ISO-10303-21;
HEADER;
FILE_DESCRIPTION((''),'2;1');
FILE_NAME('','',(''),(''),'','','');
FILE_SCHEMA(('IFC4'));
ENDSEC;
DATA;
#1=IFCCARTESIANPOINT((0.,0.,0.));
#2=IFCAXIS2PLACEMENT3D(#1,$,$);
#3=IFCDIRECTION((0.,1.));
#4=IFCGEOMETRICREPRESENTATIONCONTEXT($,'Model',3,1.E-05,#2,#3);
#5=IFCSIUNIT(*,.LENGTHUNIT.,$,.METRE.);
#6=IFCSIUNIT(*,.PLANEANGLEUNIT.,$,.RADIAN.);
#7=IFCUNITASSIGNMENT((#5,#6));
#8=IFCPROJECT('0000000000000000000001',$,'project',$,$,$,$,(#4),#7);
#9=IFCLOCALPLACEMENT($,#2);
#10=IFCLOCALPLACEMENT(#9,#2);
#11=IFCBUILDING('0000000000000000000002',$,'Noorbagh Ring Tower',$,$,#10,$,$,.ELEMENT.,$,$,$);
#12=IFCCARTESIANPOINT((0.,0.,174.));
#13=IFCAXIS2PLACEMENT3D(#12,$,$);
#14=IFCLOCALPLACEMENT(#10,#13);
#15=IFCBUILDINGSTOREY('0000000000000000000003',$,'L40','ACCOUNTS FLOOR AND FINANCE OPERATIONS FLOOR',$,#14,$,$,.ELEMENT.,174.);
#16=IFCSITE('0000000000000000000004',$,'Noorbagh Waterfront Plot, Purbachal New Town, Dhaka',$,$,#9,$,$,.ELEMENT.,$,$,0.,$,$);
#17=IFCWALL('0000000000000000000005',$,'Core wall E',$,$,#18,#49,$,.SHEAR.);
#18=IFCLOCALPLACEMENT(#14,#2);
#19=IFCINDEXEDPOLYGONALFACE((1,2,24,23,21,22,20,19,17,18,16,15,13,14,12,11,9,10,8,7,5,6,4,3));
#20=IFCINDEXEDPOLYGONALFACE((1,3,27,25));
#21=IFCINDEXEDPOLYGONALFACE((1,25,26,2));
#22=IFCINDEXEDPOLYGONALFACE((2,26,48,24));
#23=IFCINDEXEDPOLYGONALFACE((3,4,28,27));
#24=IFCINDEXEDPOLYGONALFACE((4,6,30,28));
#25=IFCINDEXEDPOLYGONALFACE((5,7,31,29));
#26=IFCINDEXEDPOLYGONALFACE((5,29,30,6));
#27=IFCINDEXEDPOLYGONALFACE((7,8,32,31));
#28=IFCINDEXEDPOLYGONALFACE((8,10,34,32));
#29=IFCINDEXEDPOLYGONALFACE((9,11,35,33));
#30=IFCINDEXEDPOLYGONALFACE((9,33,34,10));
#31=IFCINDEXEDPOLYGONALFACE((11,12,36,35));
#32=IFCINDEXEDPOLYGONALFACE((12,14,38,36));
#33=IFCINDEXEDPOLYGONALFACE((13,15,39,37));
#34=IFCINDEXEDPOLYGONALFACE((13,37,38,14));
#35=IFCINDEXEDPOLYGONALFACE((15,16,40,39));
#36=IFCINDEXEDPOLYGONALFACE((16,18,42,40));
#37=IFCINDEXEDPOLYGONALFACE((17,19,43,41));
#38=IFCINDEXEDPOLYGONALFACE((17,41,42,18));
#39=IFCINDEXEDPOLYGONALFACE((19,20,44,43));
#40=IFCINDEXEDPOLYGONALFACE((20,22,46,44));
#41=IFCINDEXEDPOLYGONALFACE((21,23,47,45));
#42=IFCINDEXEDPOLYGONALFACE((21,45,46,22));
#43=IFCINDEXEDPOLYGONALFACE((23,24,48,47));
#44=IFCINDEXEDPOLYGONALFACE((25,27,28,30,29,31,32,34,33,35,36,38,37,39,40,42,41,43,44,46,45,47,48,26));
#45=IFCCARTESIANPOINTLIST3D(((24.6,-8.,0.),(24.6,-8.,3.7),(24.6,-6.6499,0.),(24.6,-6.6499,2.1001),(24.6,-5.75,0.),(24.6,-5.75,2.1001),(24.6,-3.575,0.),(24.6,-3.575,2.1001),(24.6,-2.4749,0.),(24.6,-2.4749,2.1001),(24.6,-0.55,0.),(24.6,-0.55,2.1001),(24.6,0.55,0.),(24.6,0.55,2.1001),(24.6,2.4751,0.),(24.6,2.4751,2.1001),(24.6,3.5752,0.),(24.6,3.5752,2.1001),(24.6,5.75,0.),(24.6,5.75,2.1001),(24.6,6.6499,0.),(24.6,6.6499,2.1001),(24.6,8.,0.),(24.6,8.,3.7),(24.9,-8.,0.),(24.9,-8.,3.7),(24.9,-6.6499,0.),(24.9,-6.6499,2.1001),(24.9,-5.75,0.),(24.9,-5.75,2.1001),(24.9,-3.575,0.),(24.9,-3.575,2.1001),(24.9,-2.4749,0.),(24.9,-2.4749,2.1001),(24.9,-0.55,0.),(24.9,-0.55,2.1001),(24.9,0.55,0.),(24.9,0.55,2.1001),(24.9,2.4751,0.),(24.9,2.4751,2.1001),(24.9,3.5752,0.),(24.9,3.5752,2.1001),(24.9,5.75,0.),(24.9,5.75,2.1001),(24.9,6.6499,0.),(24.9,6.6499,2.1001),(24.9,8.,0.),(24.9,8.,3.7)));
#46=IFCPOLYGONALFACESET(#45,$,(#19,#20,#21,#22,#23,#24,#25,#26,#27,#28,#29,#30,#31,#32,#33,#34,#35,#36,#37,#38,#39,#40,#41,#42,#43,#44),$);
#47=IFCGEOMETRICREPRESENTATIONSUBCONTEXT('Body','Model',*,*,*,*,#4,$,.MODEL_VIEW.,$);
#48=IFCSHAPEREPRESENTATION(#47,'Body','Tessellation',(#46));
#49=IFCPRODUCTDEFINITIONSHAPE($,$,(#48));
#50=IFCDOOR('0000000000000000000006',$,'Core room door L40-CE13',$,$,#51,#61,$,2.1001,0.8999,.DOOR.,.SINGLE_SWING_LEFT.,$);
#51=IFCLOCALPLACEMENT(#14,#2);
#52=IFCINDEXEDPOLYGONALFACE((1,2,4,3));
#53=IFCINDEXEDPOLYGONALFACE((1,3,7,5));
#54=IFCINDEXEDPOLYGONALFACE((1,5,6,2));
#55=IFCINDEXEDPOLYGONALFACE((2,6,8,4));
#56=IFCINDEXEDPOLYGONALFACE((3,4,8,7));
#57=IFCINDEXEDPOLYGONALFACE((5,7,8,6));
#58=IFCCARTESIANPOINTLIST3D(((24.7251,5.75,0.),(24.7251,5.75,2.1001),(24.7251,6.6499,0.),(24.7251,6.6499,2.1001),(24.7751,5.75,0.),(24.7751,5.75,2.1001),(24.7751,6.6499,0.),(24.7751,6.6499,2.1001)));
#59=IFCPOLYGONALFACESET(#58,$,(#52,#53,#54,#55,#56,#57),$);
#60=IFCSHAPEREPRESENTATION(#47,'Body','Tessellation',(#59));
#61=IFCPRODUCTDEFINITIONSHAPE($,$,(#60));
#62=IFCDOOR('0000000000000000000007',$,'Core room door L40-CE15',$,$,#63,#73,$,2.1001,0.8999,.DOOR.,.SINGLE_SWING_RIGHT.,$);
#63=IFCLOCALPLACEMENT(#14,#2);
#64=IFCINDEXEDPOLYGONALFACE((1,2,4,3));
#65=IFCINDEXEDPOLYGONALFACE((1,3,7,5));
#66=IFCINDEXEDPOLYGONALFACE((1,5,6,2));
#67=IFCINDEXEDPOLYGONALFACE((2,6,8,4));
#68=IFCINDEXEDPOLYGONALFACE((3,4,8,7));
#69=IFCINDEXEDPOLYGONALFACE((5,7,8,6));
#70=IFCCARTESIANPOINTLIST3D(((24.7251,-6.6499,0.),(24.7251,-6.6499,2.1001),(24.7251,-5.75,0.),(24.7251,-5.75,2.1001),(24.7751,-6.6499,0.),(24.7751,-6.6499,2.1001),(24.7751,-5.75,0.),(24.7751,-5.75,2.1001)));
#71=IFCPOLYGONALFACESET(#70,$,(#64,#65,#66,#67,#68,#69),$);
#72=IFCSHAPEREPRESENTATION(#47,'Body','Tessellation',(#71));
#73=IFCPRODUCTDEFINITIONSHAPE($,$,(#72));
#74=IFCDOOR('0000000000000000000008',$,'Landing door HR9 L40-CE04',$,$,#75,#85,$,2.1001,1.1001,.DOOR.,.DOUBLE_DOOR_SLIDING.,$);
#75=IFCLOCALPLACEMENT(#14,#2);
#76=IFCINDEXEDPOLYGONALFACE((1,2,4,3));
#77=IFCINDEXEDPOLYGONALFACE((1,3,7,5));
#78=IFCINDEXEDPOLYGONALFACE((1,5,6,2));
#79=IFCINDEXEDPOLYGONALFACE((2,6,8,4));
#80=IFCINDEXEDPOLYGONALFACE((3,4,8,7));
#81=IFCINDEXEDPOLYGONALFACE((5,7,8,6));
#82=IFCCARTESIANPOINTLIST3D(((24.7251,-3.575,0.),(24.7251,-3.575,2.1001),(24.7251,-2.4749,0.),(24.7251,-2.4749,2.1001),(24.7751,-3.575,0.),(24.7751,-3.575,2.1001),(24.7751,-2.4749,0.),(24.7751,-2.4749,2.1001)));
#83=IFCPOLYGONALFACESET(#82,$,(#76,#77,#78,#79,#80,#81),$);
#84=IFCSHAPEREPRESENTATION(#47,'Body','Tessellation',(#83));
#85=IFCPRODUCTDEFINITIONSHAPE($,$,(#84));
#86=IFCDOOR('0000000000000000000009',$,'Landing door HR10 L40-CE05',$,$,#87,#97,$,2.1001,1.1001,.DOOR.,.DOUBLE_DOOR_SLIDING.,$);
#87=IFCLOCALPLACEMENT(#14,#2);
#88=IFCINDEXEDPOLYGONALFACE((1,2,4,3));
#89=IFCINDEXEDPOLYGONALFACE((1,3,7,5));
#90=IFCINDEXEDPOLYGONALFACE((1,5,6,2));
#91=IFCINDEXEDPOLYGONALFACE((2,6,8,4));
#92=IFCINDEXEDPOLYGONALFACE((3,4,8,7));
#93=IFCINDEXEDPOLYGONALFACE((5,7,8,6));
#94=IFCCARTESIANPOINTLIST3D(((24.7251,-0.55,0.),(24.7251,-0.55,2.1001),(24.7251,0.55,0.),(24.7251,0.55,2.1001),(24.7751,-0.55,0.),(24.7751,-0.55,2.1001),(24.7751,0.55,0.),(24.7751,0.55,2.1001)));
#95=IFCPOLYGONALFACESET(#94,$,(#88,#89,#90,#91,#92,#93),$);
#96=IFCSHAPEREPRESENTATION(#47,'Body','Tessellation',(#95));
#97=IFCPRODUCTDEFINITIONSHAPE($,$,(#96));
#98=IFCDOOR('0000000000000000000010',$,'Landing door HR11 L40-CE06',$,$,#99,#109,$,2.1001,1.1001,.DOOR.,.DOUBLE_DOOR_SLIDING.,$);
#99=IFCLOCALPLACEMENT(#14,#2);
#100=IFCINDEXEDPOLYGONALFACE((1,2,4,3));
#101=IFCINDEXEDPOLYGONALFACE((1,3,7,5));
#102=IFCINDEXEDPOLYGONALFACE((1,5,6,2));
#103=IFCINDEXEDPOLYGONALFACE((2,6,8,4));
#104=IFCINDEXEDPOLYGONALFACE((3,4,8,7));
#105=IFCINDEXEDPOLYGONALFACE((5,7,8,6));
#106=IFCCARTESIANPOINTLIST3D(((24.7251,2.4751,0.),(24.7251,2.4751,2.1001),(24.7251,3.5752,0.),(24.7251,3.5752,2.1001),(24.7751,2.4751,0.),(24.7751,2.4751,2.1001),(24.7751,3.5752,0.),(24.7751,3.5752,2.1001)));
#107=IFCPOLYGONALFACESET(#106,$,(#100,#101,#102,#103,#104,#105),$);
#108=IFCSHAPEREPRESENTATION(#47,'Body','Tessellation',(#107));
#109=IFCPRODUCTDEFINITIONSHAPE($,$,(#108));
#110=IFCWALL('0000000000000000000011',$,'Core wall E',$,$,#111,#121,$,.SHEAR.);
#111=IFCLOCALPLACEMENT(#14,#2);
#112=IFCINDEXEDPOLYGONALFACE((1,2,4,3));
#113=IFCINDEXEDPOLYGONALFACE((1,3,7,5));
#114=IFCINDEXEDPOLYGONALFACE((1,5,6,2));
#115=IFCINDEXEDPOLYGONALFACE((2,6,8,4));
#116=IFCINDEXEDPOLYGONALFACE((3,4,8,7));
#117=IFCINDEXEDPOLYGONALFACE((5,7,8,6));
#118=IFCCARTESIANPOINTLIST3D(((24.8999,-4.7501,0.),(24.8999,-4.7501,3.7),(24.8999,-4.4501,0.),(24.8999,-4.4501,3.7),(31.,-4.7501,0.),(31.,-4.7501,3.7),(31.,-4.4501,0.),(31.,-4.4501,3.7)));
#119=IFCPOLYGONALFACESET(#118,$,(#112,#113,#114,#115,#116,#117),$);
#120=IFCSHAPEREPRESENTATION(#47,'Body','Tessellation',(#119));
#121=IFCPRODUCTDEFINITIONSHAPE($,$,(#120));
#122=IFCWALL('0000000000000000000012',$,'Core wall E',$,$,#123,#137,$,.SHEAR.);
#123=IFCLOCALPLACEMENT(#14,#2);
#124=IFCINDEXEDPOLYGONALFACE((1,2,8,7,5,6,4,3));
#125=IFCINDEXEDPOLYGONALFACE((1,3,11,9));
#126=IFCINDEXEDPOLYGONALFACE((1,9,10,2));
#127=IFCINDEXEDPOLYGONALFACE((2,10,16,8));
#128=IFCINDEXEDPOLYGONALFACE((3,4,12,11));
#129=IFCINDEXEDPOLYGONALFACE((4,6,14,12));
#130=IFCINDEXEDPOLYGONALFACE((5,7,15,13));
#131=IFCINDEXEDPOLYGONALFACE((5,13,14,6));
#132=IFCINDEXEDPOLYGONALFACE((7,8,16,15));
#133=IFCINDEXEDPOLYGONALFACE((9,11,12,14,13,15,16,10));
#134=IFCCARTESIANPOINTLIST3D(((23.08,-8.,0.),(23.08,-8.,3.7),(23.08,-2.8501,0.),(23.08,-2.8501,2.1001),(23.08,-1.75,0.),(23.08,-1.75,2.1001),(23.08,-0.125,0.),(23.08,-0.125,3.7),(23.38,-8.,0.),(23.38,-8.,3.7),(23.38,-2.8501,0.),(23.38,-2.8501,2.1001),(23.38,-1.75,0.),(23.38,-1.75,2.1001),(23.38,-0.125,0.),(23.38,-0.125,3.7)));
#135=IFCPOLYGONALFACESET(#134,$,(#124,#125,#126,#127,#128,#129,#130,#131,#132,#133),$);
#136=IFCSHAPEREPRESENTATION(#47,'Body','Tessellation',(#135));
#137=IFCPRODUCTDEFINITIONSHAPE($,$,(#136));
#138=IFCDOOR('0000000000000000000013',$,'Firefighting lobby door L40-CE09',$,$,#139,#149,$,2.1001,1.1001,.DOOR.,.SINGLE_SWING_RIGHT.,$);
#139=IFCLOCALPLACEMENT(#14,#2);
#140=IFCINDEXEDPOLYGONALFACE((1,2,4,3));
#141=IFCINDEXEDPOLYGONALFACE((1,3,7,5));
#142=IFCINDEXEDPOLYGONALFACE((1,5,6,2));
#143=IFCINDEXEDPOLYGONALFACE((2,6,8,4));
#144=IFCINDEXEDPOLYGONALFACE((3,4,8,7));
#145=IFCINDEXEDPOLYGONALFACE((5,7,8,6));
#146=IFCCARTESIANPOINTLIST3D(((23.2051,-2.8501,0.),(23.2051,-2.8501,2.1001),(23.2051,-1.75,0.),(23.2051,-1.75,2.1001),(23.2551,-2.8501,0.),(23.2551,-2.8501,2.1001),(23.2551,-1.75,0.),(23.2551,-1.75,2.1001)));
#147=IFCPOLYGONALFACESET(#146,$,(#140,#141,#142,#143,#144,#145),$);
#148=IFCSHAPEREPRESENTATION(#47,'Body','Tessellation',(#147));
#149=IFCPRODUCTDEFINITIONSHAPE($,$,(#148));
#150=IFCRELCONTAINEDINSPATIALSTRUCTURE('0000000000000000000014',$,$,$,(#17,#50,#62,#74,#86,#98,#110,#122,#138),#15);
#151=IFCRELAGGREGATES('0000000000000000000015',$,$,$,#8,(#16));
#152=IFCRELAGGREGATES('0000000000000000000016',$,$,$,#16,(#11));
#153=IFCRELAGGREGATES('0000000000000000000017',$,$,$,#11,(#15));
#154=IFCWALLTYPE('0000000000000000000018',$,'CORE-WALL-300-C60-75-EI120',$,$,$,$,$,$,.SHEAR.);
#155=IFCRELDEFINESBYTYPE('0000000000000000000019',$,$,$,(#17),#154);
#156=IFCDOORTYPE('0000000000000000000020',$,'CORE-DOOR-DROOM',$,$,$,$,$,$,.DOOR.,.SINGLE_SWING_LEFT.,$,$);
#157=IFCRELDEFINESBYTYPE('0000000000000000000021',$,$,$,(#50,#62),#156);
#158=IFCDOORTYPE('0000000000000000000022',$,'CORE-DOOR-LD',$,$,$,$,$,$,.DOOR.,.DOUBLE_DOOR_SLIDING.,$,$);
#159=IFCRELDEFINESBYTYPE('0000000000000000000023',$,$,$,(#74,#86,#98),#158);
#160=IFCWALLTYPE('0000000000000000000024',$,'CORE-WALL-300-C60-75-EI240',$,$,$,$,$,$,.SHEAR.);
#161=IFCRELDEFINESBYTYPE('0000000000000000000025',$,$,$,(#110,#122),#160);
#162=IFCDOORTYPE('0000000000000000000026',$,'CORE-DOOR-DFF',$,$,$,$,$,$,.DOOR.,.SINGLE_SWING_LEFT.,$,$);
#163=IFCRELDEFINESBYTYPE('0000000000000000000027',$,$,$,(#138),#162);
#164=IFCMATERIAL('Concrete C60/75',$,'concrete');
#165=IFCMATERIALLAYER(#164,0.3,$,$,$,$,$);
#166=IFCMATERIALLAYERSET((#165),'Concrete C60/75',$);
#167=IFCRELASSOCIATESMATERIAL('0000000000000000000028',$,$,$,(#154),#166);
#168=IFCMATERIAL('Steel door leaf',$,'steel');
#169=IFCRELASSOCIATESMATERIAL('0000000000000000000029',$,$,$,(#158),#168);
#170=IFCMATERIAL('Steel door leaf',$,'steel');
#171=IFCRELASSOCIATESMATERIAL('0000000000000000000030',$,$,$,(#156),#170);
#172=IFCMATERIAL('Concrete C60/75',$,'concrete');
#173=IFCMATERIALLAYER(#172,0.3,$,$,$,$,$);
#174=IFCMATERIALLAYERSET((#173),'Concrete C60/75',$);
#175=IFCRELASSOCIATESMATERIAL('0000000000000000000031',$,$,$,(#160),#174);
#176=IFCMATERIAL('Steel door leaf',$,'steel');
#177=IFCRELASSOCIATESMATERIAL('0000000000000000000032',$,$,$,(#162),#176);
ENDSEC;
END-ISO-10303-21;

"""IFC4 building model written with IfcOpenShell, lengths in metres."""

from ifc_helpers import new_model, si_unit, direction, frame, frame_2d, origin, place, context, subcontext, project, spatial, rectangle, extrude, material, layer, layer_set, type_object, element, fill, save


model = new_model("IFC4")

# Units and contexts
model_context = context("Model", 3, precision=1e-05, world=origin(), true_north=direction((0.0, 1.0)))
body_context = subcontext(model_context, "Body", "Model", "MODEL_VIEW")
ifc_project = project(units=[si_unit("LENGTHUNIT", "METRE"), si_unit("PLANEANGLEUNIT", "RADIAN")], contexts=[model_context])

# Site, building, storey
site_placement = place(None, origin())
site = spatial("IfcSite", under=ifc_project, at=site_placement, Name="Noorbagh Waterfront Plot, Purbachal New Town, Dhaka", CompositionType="ELEMENT", RefElevation=0.0)
building_placement = place(site_placement, origin())
building = spatial("IfcBuilding", under=site, at=building_placement, Name="Noorbagh Ring Tower", CompositionType="ELEMENT")
storey_placement = place(building_placement, frame((0.0, 0.0, 174.0)))
storey = spatial("IfcBuildingStorey", under=building, at=storey_placement, Name="L40", Description="ACCOUNTS FLOOR AND FINANCE OPERATIONS FLOOR", CompositionType="ELEMENT", Elevation=174.0)

# Shared definitions
ifc_material_1 = material(Name="Concrete C60/75", Category="concrete")
ifc_layer_1 = layer(ifc_material_1, 0.3)
ifc_layer_set_1 = layer_set([ifc_layer_1], Name="Concrete C60/75")
wall_type_1 = type_object("IfcWallType", Name="CORE-WALL-300-C60-75-EI120", PredefinedType="SHEAR", material=ifc_layer_set_1)

# Wall, openings, doors
ifc_material_2 = material(Name="Steel door leaf", Category="steel")
door_type_1 = type_object("IfcDoorType", Name="CORE-DOOR-LD", OperationType="DOUBLE_DOOR_SLIDING", PredefinedType="DOOR", material=ifc_material_2)
wall_1_placement = place(storey_placement, frame((24.75, -8.0, 0.0), z_axis=(0.0, 0.0, 1.0), x_axis=(0.0, 1.0, 0.0)))
wall_1 = element("IfcWall", 1, at=wall_1_placement, inside=storey, type_object=wall_type_1, Name="Core wall E", PredefinedType="SHEAR", context=body_context, shape_type="SweptSolid", body=[
    extrude(rectangle(XDim=16.0, YDim=0.3, at=frame_2d((8.0, 0.0))), origin(), (0.0, 0.0, 1.0), 3.7),
])
opening_1_placement = place(wall_1_placement, frame((4.425, 0.0, 0.0)))
opening_1 = element("IfcOpeningElement", 2, at=opening_1_placement, cuts=wall_1, PredefinedType="OPENING", context=body_context, shape_type="SweptSolid", body=[
    extrude(rectangle(XDim=1.1001, YDim=2.1001, at=frame_2d((0.55, 1.05))), frame((0.0, 0.1602, 0.0), z_axis=(0.0, -1.0, 0.0), x_axis=(1.0, 0.0, 0.0)), (0.0, 0.0, 1.0), 0.3201),
])
opening_2_placement = place(wall_1_placement, frame((7.45, 0.0, 0.0)))
opening_2 = element("IfcOpeningElement", 3, at=opening_2_placement, cuts=wall_1, PredefinedType="OPENING", context=body_context, shape_type="SweptSolid", body=[
    extrude(rectangle(XDim=1.1001, YDim=2.1001, at=frame_2d((0.55, 1.05))), frame((0.0, 0.1602, 0.0), z_axis=(0.0, -1.0, 0.0), x_axis=(1.0, 0.0, 0.0)), (0.0, 0.0, 1.0), 0.3201),
])
opening_3_placement = place(wall_1_placement, frame((10.4751, 0.0, 0.0)))
opening_3 = element("IfcOpeningElement", 4, at=opening_3_placement, cuts=wall_1, PredefinedType="OPENING", context=body_context, shape_type="SweptSolid", body=[
    extrude(rectangle(XDim=1.1001, YDim=2.1001, at=frame_2d((0.55, 1.05))), frame((0.0, 0.1602, 0.0), z_axis=(0.0, -1.0, 0.0), x_axis=(1.0, 0.0, 0.0)), (0.0, 0.0, 1.0), 0.3201),
])
opening_4_placement = place(wall_1_placement, frame((13.75, 0.0, 0.0)))
opening_4 = element("IfcOpeningElement", 5, at=opening_4_placement, cuts=wall_1, PredefinedType="OPENING", context=body_context, shape_type="SweptSolid", body=[
    extrude(rectangle(XDim=0.8999, YDim=2.1001, at=frame_2d((0.45, 1.05))), frame((0.0, 0.1602, 0.0), z_axis=(0.0, -1.0, 0.0), x_axis=(1.0, 0.0, 0.0)), (0.0, 0.0, 1.0), 0.3201),
])
opening_5_placement = place(wall_1_placement, frame((1.3501, 0.0, 0.0)))
opening_5 = element("IfcOpeningElement", 6, at=opening_5_placement, cuts=wall_1, PredefinedType="OPENING", context=body_context, shape_type="SweptSolid", body=[
    extrude(rectangle(XDim=0.8999, YDim=2.1001, at=frame_2d((0.45, 1.05))), frame((0.0, 0.1602, 0.0), z_axis=(0.0, -1.0, 0.0), x_axis=(1.0, 0.0, 0.0)), (0.0, 0.0, 1.0), 0.3201),
])
ifc_material_3 = material(Name="Steel door leaf", Category="steel")
door_type_2 = type_object("IfcDoorType", Name="CORE-DOOR-DROOM", OperationType="SINGLE_SWING_LEFT", PredefinedType="DOOR", material=ifc_material_3)
door_1_placement = place(opening_4_placement, origin())
door_1 = element("IfcDoor", 7, at=door_1_placement, inside=storey, type_object=door_type_2, Name="Core room door L40-CE13", OperationType="SINGLE_SWING_LEFT", OverallHeight=2.1001, OverallWidth=0.8999, PredefinedType="DOOR", context=body_context, shape_type="SweptSolid", body=[
    extrude(rectangle(XDim=0.8999, YDim=2.1001, at=frame_2d((0.45, 1.05))), frame((0.0, 0.0249, 0.0), z_axis=(0.0, -1.0, 0.0), x_axis=(1.0, 0.0, 0.0)), (0.0, 0.0, 1.0), 0.05),
])
fill(opening_4, door_1)
door_2_placement = place(opening_5_placement, origin())
door_2 = element("IfcDoor", 8, at=door_2_placement, inside=storey, type_object=door_type_2, Name="Core room door L40-CE15", OperationType="SINGLE_SWING_RIGHT", OverallHeight=2.1001, OverallWidth=0.8999, PredefinedType="DOOR", context=body_context, shape_type="SweptSolid", body=[
    extrude(rectangle(XDim=0.8999, YDim=2.1001, at=frame_2d((0.45, 1.05))), frame((0.0, 0.0249, 0.0), z_axis=(0.0, -1.0, 0.0), x_axis=(1.0, 0.0, 0.0)), (0.0, 0.0, 1.0), 0.05),
])
fill(opening_5, door_2)
door_3_placement = place(opening_1_placement, origin())
door_3 = element("IfcDoor", 9, at=door_3_placement, inside=storey, type_object=door_type_1, Name="Landing door HR9 L40-CE04", OperationType="DOUBLE_DOOR_SLIDING", OverallHeight=2.1001, OverallWidth=1.1001, PredefinedType="DOOR", context=body_context, shape_type="SweptSolid", body=[
    extrude(rectangle(XDim=1.1001, YDim=2.1001, at=frame_2d((0.55, 1.05))), frame((0.0, 0.0249, 0.0), z_axis=(0.0, -1.0, 0.0), x_axis=(1.0, 0.0, 0.0)), (0.0, 0.0, 1.0), 0.05),
])
fill(opening_1, door_3)
door_4_placement = place(opening_2_placement, origin())
door_4 = element("IfcDoor", 10, at=door_4_placement, inside=storey, type_object=door_type_1, Name="Landing door HR10 L40-CE05", OperationType="DOUBLE_DOOR_SLIDING", OverallHeight=2.1001, OverallWidth=1.1001, PredefinedType="DOOR", context=body_context, shape_type="SweptSolid", body=[
    extrude(rectangle(XDim=1.1001, YDim=2.1001, at=frame_2d((0.55, 1.05))), frame((0.0, 0.0249, 0.0), z_axis=(0.0, -1.0, 0.0), x_axis=(1.0, 0.0, 0.0)), (0.0, 0.0, 1.0), 0.05),
])
fill(opening_2, door_4)
door_5_placement = place(opening_3_placement, origin())
door_5 = element("IfcDoor", 11, at=door_5_placement, inside=storey, type_object=door_type_1, Name="Landing door HR11 L40-CE06", OperationType="DOUBLE_DOOR_SLIDING", OverallHeight=2.1001, OverallWidth=1.1001, PredefinedType="DOOR", context=body_context, shape_type="SweptSolid", body=[
    extrude(rectangle(XDim=1.1001, YDim=2.1001, at=frame_2d((0.55, 1.05))), frame((0.0, 0.0249, 0.0), z_axis=(0.0, -1.0, 0.0), x_axis=(1.0, 0.0, 0.0)), (0.0, 0.0, 1.0), 0.05),
])
fill(opening_3, door_5)

# Wall
ifc_material_4 = material(Name="Concrete C60/75", Category="concrete")
ifc_layer_2 = layer(ifc_material_4, 0.3)
ifc_layer_set_2 = layer_set([ifc_layer_2], Name="Concrete C60/75")
wall_type_2 = type_object("IfcWallType", Name="CORE-WALL-300-C60-75-EI240", PredefinedType="SHEAR", material=ifc_layer_set_2)
wall_2_placement = place(storey_placement, frame((24.8999, -4.6001, 0.0), z_axis=(0.0, 0.0, 1.0), x_axis=(1.0, 0.0, 0.0)))
element("IfcWall", 12, at=wall_2_placement, inside=storey, type_object=wall_type_2, Name="Core wall E", PredefinedType="SHEAR", context=body_context, shape_type="SweptSolid", body=[
    extrude(rectangle(XDim=6.1001, YDim=0.3, at=frame_2d((3.05, 0.0))), origin(), (0.0, 0.0, 1.0), 3.7),
])

# Wall, opening, door
wall_3_placement = place(storey_placement, frame((23.23, -8.0, 0.0), z_axis=(0.0, 0.0, 1.0), x_axis=(0.0, 1.0, 0.0)))
wall_3 = element("IfcWall", 13, at=wall_3_placement, inside=storey, type_object=wall_type_2, Name="Core wall E", PredefinedType="SHEAR", context=body_context, shape_type="SweptSolid", body=[
    extrude(rectangle(XDim=7.875, YDim=0.3, at=frame_2d((3.9375, 0.0))), origin(), (0.0, 0.0, 1.0), 3.7),
])
opening_6_placement = place(wall_3_placement, frame((5.1499, 0.0, 0.0)))
opening_6 = element("IfcOpeningElement", 14, at=opening_6_placement, cuts=wall_3, PredefinedType="OPENING", context=body_context, shape_type="SweptSolid", body=[
    extrude(rectangle(XDim=1.1001, YDim=2.1001, at=frame_2d((0.55, 1.05))), frame((0.0, 0.1602, 0.0), z_axis=(0.0, -1.0, 0.0), x_axis=(1.0, 0.0, 0.0)), (0.0, 0.0, 1.0), 0.3201),
])
ifc_material_5 = material(Name="Steel door leaf", Category="steel")
door_type_3 = type_object("IfcDoorType", Name="CORE-DOOR-DFF", OperationType="SINGLE_SWING_LEFT", PredefinedType="DOOR", material=ifc_material_5)
door_6_placement = place(opening_6_placement, origin())
door_6 = element("IfcDoor", 15, at=door_6_placement, inside=storey, type_object=door_type_3, Name="Firefighting lobby door L40-CE09", OperationType="SINGLE_SWING_RIGHT", OverallHeight=2.1001, OverallWidth=1.1001, PredefinedType="DOOR", context=body_context, shape_type="SweptSolid", body=[
    extrude(rectangle(XDim=1.1001, YDim=2.1001, at=frame_2d((0.55, 1.05))), frame((0.0, 0.0249, 0.0), z_axis=(0.0, -1.0, 0.0), x_axis=(1.0, 0.0, 0.0)), (0.0, 0.0, 1.0), 0.05),
])
fill(opening_6, door_6)

save(model, "model.ifc")
